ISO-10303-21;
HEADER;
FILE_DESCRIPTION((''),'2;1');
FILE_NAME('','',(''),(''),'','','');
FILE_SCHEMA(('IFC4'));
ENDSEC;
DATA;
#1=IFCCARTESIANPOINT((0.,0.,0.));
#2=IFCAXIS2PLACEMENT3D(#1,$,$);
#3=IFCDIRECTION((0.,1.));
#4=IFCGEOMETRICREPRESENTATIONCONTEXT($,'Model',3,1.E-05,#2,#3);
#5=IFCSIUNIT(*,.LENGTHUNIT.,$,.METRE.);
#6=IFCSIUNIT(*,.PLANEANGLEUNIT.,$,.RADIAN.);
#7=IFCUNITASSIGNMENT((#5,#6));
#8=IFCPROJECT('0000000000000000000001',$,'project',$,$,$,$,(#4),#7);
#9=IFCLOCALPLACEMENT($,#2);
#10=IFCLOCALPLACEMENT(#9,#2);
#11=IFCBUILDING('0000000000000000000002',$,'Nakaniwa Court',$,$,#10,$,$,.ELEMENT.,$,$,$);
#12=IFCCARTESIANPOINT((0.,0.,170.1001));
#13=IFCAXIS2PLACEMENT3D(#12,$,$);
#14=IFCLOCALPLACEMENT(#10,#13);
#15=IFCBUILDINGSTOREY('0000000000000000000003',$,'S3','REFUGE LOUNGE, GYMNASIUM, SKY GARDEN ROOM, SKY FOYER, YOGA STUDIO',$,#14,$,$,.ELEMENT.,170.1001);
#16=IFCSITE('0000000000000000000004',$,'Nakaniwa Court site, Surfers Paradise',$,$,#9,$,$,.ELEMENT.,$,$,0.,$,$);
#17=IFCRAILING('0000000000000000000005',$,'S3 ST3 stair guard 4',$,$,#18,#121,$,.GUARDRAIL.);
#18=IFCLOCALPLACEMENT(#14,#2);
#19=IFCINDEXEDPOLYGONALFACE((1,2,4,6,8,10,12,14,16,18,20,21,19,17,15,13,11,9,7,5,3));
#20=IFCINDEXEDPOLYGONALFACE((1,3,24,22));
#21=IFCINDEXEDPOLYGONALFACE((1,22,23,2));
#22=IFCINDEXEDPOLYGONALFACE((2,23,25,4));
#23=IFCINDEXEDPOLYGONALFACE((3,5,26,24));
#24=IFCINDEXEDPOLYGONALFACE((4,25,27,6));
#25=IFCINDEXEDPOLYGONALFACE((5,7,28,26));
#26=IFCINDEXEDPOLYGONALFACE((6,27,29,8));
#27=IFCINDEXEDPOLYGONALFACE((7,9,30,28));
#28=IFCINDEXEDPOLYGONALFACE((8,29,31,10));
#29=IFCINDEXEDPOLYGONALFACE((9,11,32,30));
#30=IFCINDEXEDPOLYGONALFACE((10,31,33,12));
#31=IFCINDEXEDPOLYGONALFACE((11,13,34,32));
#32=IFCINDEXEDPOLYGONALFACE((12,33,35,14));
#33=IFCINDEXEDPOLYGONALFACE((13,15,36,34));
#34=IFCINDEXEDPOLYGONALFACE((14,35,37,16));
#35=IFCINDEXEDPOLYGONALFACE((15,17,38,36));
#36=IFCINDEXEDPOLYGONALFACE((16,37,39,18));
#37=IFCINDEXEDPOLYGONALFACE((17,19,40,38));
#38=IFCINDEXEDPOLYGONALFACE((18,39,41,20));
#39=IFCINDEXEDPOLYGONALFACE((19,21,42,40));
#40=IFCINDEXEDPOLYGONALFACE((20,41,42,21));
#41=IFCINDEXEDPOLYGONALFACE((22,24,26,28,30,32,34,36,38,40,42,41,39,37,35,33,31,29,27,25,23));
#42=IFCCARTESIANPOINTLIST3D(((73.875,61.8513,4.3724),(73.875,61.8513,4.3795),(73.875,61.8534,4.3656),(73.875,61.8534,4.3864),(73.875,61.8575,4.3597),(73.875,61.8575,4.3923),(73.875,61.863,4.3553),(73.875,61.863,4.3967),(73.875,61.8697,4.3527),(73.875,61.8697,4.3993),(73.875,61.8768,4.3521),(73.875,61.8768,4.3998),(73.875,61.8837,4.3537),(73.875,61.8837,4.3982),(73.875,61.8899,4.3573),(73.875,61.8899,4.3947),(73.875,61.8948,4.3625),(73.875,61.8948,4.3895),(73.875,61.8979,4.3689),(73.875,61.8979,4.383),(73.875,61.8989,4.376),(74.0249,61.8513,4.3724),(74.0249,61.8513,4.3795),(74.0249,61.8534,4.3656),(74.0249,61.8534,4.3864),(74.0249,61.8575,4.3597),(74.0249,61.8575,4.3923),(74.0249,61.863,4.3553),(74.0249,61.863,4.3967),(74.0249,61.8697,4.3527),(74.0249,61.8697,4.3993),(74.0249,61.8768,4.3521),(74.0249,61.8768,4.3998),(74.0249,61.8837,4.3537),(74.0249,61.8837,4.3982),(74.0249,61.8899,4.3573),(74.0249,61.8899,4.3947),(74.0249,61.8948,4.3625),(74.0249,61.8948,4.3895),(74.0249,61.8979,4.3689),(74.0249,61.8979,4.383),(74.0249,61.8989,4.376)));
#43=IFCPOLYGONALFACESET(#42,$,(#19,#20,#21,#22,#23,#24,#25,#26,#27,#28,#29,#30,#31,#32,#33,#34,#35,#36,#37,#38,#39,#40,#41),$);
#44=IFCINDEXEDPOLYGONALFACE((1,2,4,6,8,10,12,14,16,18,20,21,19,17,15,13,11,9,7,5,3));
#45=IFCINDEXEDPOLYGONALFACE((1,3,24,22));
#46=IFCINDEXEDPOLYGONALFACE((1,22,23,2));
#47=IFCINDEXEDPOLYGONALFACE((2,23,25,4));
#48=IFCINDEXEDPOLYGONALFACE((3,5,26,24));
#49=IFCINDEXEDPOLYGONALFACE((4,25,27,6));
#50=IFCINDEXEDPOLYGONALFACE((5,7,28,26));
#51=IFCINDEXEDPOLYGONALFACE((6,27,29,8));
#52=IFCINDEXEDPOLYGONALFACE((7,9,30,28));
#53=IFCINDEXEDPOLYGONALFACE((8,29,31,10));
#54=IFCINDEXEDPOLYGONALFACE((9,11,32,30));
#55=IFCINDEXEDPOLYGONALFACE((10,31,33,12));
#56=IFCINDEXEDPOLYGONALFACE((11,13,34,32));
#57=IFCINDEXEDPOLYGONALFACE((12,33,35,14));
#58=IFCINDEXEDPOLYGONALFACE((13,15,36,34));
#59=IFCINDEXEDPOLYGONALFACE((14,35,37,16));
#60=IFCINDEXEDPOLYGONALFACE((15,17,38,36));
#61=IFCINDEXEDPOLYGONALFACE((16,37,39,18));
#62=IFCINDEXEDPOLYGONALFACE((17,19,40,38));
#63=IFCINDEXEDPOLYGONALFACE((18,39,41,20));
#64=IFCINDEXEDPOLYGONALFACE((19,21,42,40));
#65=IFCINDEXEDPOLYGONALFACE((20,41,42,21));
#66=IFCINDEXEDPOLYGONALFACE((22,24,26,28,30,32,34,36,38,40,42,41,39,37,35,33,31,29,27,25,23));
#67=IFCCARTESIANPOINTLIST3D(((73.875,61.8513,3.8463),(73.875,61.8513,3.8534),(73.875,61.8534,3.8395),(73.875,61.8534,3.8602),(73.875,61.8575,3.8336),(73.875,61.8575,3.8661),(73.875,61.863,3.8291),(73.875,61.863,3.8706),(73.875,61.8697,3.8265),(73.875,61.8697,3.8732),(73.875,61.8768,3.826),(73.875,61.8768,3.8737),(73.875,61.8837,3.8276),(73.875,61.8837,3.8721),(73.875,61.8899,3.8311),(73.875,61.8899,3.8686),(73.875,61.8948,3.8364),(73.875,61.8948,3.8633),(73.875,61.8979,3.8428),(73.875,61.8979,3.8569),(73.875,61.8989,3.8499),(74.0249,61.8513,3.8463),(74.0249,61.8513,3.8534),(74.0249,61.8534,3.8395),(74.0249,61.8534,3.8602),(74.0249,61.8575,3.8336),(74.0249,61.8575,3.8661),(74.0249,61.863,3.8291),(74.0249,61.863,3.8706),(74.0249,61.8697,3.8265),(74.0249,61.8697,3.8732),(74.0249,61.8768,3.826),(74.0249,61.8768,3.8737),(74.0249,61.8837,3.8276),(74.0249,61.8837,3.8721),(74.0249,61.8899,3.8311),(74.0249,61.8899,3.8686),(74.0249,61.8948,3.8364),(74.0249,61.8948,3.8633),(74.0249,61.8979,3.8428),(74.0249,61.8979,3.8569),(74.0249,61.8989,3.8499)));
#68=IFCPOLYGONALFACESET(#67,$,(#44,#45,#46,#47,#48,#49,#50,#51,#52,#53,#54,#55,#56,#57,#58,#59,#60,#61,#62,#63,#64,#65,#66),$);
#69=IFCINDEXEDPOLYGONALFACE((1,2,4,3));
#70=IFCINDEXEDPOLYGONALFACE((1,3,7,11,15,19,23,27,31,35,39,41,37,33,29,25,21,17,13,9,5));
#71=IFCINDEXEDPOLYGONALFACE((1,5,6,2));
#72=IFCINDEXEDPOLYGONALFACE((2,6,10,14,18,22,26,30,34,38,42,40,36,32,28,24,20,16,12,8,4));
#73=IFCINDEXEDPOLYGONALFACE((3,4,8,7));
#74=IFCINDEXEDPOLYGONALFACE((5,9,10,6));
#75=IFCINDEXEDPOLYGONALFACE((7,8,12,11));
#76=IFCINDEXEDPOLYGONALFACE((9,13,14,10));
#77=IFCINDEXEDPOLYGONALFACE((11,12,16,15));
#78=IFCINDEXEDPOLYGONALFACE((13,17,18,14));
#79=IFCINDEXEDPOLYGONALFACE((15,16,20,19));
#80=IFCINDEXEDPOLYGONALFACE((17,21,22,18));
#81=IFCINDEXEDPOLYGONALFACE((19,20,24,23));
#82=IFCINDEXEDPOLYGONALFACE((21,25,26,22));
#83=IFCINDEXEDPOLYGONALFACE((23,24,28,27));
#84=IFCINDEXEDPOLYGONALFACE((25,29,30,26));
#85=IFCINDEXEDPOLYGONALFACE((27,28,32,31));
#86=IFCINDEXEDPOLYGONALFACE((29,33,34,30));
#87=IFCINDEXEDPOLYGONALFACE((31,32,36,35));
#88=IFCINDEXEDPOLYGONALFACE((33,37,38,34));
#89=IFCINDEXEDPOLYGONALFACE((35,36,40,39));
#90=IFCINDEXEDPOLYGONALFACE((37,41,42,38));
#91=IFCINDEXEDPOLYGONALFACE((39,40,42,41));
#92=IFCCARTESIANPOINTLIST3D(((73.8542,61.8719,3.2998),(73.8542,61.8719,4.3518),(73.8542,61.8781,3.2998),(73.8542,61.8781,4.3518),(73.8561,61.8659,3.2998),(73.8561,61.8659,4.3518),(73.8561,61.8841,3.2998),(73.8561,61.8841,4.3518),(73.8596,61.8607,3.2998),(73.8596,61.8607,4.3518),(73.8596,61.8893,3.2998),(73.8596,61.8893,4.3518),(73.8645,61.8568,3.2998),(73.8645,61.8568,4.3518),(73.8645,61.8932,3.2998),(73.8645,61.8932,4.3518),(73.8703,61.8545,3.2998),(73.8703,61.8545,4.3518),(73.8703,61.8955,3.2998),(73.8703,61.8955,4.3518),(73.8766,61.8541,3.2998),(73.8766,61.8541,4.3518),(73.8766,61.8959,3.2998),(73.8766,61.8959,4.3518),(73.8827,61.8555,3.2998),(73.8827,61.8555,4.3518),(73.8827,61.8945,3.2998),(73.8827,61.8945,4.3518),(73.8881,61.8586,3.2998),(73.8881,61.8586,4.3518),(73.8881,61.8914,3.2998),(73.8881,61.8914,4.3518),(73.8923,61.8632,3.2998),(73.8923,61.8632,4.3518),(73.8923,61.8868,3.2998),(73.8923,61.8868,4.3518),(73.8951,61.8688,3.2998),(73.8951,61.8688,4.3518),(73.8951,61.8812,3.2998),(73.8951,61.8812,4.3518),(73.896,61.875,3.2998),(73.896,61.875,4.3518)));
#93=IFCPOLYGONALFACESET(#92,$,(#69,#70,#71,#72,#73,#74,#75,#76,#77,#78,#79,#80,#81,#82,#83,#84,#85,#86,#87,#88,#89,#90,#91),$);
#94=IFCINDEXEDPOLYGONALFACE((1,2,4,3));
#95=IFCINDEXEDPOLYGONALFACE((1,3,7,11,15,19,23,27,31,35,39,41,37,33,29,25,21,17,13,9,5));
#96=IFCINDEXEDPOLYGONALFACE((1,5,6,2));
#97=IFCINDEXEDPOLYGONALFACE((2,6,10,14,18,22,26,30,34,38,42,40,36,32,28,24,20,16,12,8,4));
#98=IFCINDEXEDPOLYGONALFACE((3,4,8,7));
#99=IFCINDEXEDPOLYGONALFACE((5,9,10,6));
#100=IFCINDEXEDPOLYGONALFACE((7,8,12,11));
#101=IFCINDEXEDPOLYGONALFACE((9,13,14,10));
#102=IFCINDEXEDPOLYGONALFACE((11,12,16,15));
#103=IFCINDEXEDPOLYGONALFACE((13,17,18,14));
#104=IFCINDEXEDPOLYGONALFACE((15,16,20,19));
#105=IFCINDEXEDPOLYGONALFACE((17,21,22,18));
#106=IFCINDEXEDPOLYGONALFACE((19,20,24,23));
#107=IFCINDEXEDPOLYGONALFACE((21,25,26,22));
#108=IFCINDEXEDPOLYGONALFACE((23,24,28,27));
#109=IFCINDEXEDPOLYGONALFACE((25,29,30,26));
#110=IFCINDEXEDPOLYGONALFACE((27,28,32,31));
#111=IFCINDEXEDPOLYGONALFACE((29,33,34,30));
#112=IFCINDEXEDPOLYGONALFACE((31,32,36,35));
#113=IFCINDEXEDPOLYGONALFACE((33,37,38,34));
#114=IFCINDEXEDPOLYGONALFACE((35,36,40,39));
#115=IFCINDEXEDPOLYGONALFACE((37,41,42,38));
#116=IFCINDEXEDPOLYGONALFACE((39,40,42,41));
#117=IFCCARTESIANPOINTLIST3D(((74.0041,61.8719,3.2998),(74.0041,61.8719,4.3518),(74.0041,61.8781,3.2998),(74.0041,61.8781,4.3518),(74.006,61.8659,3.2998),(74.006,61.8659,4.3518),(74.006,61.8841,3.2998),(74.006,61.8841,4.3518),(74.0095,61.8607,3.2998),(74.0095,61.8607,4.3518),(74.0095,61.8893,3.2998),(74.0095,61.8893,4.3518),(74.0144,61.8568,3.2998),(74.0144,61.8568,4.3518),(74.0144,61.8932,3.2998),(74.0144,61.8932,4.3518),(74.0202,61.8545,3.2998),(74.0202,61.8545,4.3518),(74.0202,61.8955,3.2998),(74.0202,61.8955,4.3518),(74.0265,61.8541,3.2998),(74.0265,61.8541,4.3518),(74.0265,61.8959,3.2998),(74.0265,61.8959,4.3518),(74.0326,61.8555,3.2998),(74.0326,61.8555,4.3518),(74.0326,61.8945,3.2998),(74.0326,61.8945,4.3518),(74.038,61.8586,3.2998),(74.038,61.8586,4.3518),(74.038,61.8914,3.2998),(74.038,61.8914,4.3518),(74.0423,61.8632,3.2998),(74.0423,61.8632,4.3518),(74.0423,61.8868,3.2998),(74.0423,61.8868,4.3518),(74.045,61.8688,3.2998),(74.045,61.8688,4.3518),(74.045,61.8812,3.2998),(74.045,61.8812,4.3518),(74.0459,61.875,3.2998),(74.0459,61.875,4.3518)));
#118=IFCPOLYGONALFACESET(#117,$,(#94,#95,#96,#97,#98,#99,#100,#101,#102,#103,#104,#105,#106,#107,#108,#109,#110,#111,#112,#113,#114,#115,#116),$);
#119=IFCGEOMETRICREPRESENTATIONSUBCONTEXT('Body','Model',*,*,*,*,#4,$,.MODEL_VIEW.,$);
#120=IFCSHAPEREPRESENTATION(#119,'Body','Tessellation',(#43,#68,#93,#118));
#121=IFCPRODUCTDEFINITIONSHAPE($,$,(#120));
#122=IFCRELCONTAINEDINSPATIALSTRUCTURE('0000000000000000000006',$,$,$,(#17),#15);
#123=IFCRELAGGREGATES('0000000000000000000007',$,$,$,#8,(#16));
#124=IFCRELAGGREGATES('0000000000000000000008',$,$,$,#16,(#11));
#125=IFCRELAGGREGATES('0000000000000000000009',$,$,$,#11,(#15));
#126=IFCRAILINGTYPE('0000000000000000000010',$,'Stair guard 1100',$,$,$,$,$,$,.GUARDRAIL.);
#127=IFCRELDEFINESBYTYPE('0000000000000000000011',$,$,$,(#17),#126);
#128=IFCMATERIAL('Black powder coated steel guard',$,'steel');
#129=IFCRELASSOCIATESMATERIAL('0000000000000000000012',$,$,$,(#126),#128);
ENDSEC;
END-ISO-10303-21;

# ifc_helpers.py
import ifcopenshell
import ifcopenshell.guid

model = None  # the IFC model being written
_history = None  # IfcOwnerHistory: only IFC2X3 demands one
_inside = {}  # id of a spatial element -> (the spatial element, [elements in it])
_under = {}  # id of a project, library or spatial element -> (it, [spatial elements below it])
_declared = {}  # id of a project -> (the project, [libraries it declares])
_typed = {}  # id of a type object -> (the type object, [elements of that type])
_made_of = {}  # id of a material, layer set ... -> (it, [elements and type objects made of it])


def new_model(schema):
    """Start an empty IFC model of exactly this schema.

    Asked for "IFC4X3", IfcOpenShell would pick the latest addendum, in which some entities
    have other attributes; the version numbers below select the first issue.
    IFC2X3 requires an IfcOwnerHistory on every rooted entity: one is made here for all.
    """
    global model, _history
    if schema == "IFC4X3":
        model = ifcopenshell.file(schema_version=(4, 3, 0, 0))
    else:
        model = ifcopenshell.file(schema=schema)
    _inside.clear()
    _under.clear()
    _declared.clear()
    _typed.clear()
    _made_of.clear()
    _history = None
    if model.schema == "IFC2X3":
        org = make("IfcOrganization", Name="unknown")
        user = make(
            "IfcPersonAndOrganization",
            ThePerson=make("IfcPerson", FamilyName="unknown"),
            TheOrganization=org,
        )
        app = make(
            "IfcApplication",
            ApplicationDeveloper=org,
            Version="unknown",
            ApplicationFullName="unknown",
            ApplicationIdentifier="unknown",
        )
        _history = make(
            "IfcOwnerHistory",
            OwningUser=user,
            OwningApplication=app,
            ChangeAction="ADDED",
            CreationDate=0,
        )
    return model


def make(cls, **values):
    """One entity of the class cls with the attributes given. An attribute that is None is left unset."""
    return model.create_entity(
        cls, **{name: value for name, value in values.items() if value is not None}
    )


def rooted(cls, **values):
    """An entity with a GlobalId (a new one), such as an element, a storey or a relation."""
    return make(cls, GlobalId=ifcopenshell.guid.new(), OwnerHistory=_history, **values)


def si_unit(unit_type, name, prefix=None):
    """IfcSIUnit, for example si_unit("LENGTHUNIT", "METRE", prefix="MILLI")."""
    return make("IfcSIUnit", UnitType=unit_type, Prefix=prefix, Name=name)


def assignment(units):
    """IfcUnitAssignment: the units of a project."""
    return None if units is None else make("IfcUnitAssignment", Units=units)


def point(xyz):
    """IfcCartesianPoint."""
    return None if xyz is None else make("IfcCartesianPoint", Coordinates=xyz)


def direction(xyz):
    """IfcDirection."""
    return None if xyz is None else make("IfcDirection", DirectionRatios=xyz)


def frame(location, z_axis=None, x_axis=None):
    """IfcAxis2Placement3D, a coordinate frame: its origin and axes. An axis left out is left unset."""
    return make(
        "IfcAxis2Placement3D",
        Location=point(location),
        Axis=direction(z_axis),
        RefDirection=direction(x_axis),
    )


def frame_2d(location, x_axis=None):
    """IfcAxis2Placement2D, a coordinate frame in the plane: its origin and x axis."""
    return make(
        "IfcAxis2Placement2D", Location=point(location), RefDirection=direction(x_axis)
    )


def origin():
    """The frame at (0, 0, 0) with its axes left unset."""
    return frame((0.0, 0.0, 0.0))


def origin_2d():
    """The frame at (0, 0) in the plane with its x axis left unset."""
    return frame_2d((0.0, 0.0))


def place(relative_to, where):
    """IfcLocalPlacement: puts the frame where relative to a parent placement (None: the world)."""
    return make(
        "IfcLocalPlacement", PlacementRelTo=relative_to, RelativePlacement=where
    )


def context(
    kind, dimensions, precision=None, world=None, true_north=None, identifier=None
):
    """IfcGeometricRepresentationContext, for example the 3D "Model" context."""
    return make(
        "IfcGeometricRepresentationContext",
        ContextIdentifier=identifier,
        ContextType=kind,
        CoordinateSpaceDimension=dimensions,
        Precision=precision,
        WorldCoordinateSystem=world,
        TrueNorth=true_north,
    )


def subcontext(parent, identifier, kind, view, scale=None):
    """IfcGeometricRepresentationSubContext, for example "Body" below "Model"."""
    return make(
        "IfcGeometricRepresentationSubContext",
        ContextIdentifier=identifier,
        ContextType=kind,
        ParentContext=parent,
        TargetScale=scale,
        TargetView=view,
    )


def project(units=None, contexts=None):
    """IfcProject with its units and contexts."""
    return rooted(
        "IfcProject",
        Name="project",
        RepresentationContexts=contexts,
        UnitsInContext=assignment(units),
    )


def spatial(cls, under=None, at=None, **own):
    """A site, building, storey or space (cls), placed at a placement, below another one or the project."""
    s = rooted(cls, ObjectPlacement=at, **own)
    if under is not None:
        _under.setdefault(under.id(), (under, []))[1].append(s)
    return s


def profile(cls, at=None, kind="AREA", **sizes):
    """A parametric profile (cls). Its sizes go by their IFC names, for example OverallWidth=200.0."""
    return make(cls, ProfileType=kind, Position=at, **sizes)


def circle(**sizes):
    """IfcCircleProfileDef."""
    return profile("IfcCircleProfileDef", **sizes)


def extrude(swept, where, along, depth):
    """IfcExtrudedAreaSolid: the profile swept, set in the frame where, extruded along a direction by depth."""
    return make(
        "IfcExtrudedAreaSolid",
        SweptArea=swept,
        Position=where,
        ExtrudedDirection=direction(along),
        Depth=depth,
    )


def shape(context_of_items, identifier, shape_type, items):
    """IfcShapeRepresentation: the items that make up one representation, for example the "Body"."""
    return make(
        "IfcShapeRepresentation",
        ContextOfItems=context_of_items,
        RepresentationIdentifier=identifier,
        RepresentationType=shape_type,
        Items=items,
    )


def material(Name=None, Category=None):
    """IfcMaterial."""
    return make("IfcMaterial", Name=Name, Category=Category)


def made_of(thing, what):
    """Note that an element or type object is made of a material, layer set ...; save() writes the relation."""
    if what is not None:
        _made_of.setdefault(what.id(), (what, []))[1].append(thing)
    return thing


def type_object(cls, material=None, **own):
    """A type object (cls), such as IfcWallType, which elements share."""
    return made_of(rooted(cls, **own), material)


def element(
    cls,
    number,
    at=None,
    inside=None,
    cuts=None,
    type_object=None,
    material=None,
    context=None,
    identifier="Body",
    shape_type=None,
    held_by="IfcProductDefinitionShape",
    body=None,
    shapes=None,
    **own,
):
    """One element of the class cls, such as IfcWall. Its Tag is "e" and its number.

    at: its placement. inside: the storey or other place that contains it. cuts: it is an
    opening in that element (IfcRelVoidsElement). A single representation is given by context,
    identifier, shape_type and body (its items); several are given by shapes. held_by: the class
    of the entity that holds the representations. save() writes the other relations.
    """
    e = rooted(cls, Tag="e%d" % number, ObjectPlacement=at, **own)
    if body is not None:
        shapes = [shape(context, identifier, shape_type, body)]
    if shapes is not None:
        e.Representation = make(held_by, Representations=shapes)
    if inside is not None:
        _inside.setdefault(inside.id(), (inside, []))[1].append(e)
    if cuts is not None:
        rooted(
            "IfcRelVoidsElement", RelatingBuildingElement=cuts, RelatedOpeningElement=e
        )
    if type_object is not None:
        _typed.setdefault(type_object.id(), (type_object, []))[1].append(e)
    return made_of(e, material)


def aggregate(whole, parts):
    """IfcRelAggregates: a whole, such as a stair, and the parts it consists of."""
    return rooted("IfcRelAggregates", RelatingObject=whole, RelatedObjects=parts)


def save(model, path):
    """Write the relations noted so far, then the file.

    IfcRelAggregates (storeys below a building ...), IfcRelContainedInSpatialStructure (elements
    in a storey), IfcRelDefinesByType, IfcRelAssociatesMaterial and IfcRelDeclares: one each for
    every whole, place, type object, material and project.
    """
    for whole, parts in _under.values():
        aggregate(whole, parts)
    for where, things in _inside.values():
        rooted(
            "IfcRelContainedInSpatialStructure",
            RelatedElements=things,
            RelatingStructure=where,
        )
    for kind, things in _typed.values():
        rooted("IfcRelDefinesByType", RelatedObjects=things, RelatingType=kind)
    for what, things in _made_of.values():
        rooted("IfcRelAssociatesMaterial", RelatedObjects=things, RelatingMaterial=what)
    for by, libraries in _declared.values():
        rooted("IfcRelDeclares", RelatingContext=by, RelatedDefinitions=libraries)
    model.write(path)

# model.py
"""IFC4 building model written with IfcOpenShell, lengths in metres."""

from ifc_helpers import new_model, si_unit, direction, frame, origin, origin_2d, place, context, subcontext, project, spatial, circle, extrude, material, type_object, element, save


model = new_model("IFC4")

# Units and contexts
model_context = context("Model", 3, precision=1e-05, world=origin(), true_north=direction((0.0, 1.0)))
body_context = subcontext(model_context, "Body", "Model", "MODEL_VIEW")
ifc_project = project(units=[si_unit("LENGTHUNIT", "METRE"), si_unit("PLANEANGLEUNIT", "RADIAN")], contexts=[model_context])

# Site, building, storey
site_placement = place(None, origin())
site = spatial("IfcSite", under=ifc_project, at=site_placement, Name="Nakaniwa Court site, Surfers Paradise", CompositionType="ELEMENT", RefElevation=0.0)
building_placement = place(site_placement, origin())
building = spatial("IfcBuilding", under=site, at=building_placement, Name="Nakaniwa Court", CompositionType="ELEMENT")
storey_placement = place(building_placement, frame((0.0, 0.0, 170.1001)))
storey = spatial("IfcBuildingStorey", under=building, at=storey_placement, Name="S3", Description="REFUGE LOUNGE, GYMNASIUM, SKY GARDEN ROOM, SKY FOYER, YOGA STUDIO", CompositionType="ELEMENT", Elevation=170.1001)

# Railing
ifc_material_1 = material(Name="Black powder coated steel guard", Category="steel")
railing_type_1 = type_object("IfcRailingType", Name="Stair guard 1100", PredefinedType="GUARDRAIL", material=ifc_material_1)
railing_1_placement = place(storey_placement, frame((73.875, 61.875, 3.2998)))
element("IfcRailing", 1, at=railing_1_placement, inside=storey, type_object=railing_type_1, Name="S3 ST3 stair guard 4", PredefinedType="GUARDRAIL", context=body_context, shape_type="SweptSolid", body=[
    extrude(circle(Radius=0.0239, at=origin_2d()), frame((0.0, 0.0, 1.0762), z_axis=(1.0, 0.0, 0.0), x_axis=(0.0, 1.0, 0.0)), (0.0, 0.0, 1.0), 0.1499),
    extrude(circle(Radius=0.0239, at=origin_2d()), frame((0.0, 0.0, 0.55), z_axis=(1.0, 0.0, 0.0), x_axis=(0.0, 1.0, 0.0)), (0.0, 0.0, 1.0), 0.1499),
    extrude(circle(Radius=0.021, at=origin_2d()), origin(), (0.0, 0.0, 1.0), 1.052),
    extrude(circle(Radius=0.021, at=origin_2d()), frame((0.1499, 0.0, 0.0)), (0.0, 0.0, 1.0), 1.052),
])

save(model, "model.ifc")
